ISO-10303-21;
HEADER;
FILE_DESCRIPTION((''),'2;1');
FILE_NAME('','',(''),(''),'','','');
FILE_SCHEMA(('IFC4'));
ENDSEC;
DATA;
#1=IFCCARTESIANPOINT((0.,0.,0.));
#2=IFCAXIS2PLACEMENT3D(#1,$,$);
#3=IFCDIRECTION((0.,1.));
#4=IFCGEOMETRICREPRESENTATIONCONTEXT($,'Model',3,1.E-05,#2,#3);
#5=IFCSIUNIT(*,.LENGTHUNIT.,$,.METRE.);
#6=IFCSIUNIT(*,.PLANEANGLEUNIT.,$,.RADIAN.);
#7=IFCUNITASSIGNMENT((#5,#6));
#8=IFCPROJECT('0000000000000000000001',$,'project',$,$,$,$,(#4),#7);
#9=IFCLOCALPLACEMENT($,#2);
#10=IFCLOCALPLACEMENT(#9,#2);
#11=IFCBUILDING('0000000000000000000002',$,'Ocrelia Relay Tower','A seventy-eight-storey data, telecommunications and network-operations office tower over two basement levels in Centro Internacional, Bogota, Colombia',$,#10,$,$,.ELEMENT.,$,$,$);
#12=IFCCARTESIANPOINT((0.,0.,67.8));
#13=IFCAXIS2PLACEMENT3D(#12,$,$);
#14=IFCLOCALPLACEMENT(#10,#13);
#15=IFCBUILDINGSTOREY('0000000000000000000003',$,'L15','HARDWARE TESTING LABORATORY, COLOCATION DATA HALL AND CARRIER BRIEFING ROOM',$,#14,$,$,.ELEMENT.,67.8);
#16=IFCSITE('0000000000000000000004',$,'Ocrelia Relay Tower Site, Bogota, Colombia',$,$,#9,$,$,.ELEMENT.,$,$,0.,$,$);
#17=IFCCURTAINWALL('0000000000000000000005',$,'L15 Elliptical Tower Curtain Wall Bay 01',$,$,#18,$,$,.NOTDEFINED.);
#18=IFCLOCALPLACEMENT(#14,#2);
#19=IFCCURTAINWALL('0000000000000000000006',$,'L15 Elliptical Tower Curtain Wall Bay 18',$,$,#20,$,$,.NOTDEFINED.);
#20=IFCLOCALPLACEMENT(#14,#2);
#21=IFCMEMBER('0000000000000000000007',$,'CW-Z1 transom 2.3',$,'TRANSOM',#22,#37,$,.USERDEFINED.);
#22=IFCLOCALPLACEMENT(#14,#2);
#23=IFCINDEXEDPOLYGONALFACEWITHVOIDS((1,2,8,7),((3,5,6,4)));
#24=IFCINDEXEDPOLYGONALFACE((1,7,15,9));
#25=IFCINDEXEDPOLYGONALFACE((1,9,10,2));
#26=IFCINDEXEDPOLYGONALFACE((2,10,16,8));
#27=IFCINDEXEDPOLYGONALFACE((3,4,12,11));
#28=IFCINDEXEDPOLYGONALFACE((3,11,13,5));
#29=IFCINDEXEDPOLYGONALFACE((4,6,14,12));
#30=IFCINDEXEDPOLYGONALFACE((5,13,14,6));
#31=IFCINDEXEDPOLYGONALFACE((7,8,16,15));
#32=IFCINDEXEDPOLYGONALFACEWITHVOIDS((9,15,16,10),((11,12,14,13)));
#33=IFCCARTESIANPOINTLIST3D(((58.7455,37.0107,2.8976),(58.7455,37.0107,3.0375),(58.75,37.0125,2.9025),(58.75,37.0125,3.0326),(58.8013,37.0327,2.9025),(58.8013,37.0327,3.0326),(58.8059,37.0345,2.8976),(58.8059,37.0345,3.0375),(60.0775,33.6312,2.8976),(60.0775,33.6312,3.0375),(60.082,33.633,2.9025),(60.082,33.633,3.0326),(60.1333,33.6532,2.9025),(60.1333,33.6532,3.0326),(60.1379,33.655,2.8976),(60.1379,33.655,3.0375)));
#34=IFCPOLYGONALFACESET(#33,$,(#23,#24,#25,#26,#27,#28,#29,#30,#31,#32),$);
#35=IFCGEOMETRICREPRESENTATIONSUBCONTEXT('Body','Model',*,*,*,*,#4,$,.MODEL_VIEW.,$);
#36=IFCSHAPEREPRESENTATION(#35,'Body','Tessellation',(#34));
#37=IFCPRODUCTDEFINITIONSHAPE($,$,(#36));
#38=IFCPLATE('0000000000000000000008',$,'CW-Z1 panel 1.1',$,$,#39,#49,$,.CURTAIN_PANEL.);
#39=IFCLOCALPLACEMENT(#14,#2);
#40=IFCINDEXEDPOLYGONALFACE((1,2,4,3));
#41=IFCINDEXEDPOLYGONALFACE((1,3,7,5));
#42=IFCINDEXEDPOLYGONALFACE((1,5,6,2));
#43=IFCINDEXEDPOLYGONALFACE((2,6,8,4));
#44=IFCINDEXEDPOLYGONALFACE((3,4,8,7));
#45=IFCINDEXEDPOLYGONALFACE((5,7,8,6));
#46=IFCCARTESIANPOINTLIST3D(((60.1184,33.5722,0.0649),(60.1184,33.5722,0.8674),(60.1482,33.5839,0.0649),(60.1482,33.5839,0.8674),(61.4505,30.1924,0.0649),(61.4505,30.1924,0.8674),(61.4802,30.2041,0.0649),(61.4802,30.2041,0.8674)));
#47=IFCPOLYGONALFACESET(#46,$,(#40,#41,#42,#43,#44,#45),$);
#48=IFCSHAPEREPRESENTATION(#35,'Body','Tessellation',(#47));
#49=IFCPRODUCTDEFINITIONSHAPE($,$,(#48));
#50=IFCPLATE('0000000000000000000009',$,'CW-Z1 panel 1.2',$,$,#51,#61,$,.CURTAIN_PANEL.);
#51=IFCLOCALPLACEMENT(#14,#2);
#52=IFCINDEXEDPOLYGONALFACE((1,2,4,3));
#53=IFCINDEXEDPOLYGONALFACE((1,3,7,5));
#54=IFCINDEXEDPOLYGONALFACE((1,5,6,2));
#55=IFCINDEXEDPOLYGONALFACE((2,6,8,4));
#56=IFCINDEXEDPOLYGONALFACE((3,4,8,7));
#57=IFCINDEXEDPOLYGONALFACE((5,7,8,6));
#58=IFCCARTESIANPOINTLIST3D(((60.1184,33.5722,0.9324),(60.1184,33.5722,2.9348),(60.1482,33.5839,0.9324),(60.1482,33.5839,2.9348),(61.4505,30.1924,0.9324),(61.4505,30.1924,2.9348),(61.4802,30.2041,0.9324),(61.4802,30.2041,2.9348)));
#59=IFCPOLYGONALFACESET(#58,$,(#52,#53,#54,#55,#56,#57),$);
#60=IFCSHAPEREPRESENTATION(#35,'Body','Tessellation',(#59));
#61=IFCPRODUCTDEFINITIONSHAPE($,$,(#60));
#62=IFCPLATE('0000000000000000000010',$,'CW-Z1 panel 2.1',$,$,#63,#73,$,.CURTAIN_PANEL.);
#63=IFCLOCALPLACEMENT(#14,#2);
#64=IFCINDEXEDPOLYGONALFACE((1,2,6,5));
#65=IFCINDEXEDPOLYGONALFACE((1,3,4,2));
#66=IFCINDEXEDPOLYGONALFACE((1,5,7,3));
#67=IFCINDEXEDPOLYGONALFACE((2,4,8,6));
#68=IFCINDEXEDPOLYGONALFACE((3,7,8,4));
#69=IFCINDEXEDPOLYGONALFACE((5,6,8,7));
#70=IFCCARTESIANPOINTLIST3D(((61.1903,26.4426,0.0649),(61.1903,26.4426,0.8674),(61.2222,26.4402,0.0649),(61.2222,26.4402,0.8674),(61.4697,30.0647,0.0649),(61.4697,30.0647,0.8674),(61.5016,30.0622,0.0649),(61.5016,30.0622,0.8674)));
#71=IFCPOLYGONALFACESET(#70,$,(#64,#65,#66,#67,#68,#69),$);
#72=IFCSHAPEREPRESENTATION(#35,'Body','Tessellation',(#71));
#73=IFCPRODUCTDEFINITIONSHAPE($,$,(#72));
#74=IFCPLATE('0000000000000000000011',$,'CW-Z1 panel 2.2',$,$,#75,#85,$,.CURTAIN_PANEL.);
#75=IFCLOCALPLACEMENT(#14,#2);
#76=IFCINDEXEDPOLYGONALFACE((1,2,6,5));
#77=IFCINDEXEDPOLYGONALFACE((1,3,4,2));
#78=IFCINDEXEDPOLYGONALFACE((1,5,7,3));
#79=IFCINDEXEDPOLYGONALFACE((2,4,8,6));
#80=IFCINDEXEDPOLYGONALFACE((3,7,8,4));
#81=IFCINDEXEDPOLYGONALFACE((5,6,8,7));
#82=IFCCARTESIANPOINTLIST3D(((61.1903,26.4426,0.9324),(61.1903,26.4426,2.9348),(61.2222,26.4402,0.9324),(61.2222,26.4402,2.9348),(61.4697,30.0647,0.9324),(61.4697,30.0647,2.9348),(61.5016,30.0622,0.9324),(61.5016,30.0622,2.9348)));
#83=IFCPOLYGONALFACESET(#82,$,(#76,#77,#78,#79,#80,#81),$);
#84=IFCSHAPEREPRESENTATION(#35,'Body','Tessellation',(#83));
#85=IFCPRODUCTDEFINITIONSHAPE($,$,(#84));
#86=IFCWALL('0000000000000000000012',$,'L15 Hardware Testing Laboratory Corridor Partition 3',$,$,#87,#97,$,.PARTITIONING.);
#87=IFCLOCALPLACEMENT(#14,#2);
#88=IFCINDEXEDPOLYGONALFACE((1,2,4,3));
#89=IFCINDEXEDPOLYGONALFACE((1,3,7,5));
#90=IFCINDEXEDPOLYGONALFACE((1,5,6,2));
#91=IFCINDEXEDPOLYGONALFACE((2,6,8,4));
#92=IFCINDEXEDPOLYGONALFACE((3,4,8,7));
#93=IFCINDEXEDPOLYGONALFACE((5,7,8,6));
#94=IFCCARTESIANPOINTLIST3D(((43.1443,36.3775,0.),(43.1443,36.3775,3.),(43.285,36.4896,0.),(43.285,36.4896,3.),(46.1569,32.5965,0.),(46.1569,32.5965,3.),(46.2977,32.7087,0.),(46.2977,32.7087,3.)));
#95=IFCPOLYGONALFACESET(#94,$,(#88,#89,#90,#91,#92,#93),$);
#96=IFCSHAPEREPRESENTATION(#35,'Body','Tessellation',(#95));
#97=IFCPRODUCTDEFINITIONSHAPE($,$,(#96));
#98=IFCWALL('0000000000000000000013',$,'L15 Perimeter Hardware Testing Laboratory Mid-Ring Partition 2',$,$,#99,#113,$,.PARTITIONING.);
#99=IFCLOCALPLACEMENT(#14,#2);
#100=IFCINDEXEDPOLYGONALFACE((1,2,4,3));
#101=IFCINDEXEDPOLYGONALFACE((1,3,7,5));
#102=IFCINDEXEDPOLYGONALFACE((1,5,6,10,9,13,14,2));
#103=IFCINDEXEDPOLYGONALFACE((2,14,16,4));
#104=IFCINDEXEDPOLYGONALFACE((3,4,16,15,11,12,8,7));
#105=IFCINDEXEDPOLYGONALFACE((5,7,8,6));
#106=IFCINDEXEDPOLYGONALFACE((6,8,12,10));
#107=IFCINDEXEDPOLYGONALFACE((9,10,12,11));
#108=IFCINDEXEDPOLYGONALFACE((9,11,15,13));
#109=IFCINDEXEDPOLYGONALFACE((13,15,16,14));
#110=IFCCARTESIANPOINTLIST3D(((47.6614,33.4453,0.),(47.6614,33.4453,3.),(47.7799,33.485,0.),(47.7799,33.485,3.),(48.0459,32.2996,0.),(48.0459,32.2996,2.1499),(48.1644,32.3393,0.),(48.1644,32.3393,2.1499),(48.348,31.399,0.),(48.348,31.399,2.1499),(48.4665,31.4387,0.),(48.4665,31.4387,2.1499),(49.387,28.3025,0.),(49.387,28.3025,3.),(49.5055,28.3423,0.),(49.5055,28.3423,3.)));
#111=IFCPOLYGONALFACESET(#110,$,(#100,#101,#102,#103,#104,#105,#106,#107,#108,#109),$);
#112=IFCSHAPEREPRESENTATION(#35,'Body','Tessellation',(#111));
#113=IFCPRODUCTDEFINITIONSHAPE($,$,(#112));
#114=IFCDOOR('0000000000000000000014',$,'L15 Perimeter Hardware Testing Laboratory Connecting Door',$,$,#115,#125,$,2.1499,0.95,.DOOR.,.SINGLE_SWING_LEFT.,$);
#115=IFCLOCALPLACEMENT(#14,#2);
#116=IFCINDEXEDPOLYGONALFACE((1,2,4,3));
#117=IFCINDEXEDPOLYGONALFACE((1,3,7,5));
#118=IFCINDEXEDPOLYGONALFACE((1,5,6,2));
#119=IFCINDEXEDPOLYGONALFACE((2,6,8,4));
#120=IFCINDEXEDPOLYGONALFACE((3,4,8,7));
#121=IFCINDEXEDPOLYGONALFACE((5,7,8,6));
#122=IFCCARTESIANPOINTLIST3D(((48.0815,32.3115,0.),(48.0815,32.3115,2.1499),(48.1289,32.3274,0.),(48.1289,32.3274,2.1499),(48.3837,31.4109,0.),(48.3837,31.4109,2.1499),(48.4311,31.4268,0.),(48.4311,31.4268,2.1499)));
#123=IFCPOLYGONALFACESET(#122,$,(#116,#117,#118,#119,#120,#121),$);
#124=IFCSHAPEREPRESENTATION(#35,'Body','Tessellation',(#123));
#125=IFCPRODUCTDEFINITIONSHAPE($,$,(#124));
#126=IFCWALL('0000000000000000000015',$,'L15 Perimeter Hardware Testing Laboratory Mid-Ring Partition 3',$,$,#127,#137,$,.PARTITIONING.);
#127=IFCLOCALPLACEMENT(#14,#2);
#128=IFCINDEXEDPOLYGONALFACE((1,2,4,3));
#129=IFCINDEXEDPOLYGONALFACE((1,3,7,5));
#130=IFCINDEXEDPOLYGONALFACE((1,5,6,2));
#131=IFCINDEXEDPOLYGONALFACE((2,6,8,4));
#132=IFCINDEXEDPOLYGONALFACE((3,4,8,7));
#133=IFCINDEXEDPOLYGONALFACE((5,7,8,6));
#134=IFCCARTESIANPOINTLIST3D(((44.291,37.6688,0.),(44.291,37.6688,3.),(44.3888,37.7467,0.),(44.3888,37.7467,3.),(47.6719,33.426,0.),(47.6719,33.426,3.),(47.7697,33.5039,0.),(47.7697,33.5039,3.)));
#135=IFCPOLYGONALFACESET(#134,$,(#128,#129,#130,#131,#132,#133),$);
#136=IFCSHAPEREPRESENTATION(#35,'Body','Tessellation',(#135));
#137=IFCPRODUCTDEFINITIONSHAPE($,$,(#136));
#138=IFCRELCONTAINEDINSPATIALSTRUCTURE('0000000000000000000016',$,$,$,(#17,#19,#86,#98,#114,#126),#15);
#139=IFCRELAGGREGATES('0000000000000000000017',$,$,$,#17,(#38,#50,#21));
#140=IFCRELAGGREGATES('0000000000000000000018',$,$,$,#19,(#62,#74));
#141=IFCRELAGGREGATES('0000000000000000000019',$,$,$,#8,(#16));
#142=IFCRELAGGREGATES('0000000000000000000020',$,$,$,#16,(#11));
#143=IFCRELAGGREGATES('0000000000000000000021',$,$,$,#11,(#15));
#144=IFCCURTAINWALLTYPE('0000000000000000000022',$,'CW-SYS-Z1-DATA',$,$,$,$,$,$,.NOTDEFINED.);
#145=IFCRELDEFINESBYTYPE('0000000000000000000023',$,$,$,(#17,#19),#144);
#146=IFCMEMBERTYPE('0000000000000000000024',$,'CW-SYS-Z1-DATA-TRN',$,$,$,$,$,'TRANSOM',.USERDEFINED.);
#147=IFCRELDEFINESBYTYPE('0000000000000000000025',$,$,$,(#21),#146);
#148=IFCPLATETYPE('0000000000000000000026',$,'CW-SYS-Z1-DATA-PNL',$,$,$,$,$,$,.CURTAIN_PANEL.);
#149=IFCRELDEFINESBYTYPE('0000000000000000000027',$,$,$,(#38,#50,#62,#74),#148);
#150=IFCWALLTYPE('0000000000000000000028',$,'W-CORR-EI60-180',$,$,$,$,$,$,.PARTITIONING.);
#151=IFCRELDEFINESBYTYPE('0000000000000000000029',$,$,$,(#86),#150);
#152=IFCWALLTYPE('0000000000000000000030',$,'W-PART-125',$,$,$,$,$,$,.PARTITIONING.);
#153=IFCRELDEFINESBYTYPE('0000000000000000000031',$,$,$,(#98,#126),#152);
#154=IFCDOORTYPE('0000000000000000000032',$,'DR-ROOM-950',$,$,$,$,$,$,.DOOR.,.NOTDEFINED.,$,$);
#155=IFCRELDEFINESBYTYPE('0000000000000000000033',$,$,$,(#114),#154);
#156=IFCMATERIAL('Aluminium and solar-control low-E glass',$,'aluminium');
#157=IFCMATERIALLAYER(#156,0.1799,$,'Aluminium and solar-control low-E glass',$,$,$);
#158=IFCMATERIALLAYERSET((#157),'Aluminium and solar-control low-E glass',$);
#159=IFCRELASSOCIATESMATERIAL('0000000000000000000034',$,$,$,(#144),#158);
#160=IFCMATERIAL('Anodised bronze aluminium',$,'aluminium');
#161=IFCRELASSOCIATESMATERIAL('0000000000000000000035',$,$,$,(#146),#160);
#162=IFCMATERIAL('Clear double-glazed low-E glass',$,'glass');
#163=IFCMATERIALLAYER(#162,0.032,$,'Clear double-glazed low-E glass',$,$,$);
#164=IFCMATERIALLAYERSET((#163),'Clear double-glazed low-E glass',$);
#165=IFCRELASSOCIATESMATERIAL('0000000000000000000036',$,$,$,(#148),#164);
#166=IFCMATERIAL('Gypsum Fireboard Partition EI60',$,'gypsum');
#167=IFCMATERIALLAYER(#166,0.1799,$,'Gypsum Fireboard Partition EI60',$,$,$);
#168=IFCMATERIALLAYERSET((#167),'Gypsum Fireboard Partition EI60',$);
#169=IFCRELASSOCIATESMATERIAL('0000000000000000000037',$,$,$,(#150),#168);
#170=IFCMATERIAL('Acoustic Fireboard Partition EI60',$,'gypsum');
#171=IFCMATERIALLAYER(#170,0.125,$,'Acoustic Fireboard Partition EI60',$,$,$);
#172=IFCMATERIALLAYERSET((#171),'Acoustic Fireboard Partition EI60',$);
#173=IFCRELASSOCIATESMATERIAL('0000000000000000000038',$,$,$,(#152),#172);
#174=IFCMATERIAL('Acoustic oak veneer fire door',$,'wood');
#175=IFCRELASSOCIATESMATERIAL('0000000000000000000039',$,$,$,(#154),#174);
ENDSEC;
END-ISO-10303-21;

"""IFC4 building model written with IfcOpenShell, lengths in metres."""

from ifc_helpers import new_model, si_unit, direction, frame, frame_2d, origin, origin_2d, place, context, subcontext, project, spatial, rectangle, hollow_rectangle, extrude, material, layer, layer_set, material_profile, profile_set, type_object, element, fill, aggregate, save


model = new_model("IFC4")

# Units and contexts
model_context = context("Model", 3, precision=1e-05, world=origin(), true_north=direction((0.0, 1.0)))
body_context = subcontext(model_context, "Body", "Model", "MODEL_VIEW")
ifc_project = project(units=[si_unit("LENGTHUNIT", "METRE"), si_unit("PLANEANGLEUNIT", "RADIAN")], contexts=[model_context])

# Site, building, storey
site_placement = place(None, origin())
site = spatial("IfcSite", under=ifc_project, at=site_placement, Name="Ocrelia Relay Tower Site, Bogota, Colombia", CompositionType="ELEMENT", RefElevation=0.0)
building_placement = place(site_placement, origin())
building = spatial("IfcBuilding", under=site, at=building_placement, Name="Ocrelia Relay Tower", Description="A seventy-eight-storey data, telecommunications and network-operations office tower over two basement levels in Centro Internacional, Bogota, Colombia", CompositionType="ELEMENT")
storey_placement = place(building_placement, frame((0.0, 0.0, 67.8)))
storey = spatial("IfcBuildingStorey", under=building, at=storey_placement, Name="L15", Description="HARDWARE TESTING LABORATORY, COLOCATION DATA HALL AND CARRIER BRIEFING ROOM", CompositionType="ELEMENT", Elevation=67.8)

# Curtain wall
ifc_material_1 = material(Name="Aluminium and solar-control low-E glass", Category="aluminium")
ifc_layer_1 = layer(ifc_material_1, 0.1799, Name="Aluminium and solar-control low-E glass")
ifc_layer_set_1 = layer_set([ifc_layer_1], Name="Aluminium and solar-control low-E glass")
curtain_wall_type = type_object("IfcCurtainWallType", Name="CW-SYS-Z1-DATA", PredefinedType="NOTDEFINED", material=ifc_layer_set_1)
curtain_wall_1_placement = place(storey_placement, origin())
curtain_wall_1 = element("IfcCurtainWall", 1, at=curtain_wall_1_placement, inside=storey, type_object=curtain_wall_type, Name="L15 Elliptical Tower Curtain Wall Bay 01", PredefinedType="NOTDEFINED")
ifc_material_2 = material(Name="Anodised bronze aluminium", Category="aluminium")

# Curtain wall
curtain_wall_2_placement = place(storey_placement, origin())
curtain_wall_2 = element("IfcCurtainWall", 2, at=curtain_wall_2_placement, inside=storey, type_object=curtain_wall_type, Name="L15 Elliptical Tower Curtain Wall Bay 18", PredefinedType="NOTDEFINED")

# Member
ifc_material_profile_1 = material_profile(ifc_material_2, hollow_rectangle(XDim=0.0649, YDim=0.1399, WallThickness=0.0049, at=origin_2d()), Name="CW-TRN-140x65")
ifc_profile_set_1 = profile_set([ifc_material_profile_1], Name="Anodised bronze aluminium")
member_type_1 = type_object("IfcMemberType", Name="CW-SYS-Z1-DATA-TRN", ElementType="TRANSOM", PredefinedType="USERDEFINED", material=ifc_profile_set_1)
member_1_placement = place(storey_placement, frame((60.1077, 33.6431, 2.9675), z_axis=(-0.366681, 0.930347, 0.0), x_axis=(-0.930347, -0.366681, 0.0)))
member_1 = element("IfcMember", 3, at=member_1_placement, type_object=member_type_1, Name="CW-Z1 transom 2.3", ObjectType="TRANSOM", PredefinedType="USERDEFINED", context=body_context, shape_type="SweptSolid", body=[
    extrude(hollow_rectangle(XDim=0.0649, YDim=0.1399, WallThickness=0.0049, at=origin_2d()), origin(), (0.0, 0.0, 1.0), 3.6326),
])

# Plates
ifc_material_3 = material(Name="Clear double-glazed low-E glass", Category="glass")
ifc_layer_2 = layer(ifc_material_3, 0.032, Name="Clear double-glazed low-E glass")
ifc_layer_set_2 = layer_set([ifc_layer_2], Name="Clear double-glazed low-E glass")
plate_type = type_object("IfcPlateType", Name="CW-SYS-Z1-DATA-PNL", PredefinedType="CURTAIN_PANEL", material=ifc_layer_set_2)
plate_1_placement = place(storey_placement, frame((60.7993, 31.8882, 0.0649), z_axis=(0.0, 0.0, 1.0), x_axis=(-0.366667, 0.930352, 0.0)))
plate_1 = element("IfcPlate", 4, at=plate_1_placement, type_object=plate_type, Name="CW-Z1 panel 1.1", PredefinedType="CURTAIN_PANEL", context=body_context, shape_type="SweptSolid", body=[
    extrude(rectangle(XDim=3.6328, YDim=0.032, at=origin_2d()), origin(), (0.0, 0.0, 1.0), 0.8025),
])
plate_2_placement = place(storey_placement, frame((60.7993, 31.8882, 0.9324), z_axis=(0.0, 0.0, 1.0), x_axis=(-0.366667, 0.930352, 0.0)))
plate_2 = element("IfcPlate", 5, at=plate_2_placement, type_object=plate_type, Name="CW-Z1 panel 1.2", PredefinedType="CURTAIN_PANEL", context=body_context, shape_type="SweptSolid", body=[
    extrude(rectangle(XDim=3.6328, YDim=0.032, at=origin_2d()), origin(), (0.0, 0.0, 1.0), 2.0024),
])
aggregate(curtain_wall_1, [plate_1, plate_2, member_1])
plate_3_placement = place(storey_placement, frame((61.3459, 28.2524, 0.0649), z_axis=(0.0, 0.0, 1.0), x_axis=(0.076892, 0.997039, 0.0)))
plate_3 = element("IfcPlate", 6, at=plate_3_placement, type_object=plate_type, Name="CW-Z1 panel 2.1", PredefinedType="CURTAIN_PANEL", context=body_context, shape_type="SweptSolid", body=[
    extrude(rectangle(XDim=3.6328, YDim=0.032, at=origin_2d()), origin(), (0.0, 0.0, 1.0), 0.8025),
])
plate_4_placement = place(storey_placement, frame((61.3459, 28.2524, 0.9324), z_axis=(0.0, 0.0, 1.0), x_axis=(0.076892, 0.997039, 0.0)))
plate_4 = element("IfcPlate", 7, at=plate_4_placement, type_object=plate_type, Name="CW-Z1 panel 2.2", PredefinedType="CURTAIN_PANEL", context=body_context, shape_type="SweptSolid", body=[
    extrude(rectangle(XDim=3.6328, YDim=0.032, at=origin_2d()), origin(), (0.0, 0.0, 1.0), 2.0024),
])
aggregate(curtain_wall_2, [plate_3, plate_4])

# Wall
ifc_material_4 = material(Name="Gypsum Fireboard Partition EI60", Category="gypsum")
ifc_layer_3 = layer(ifc_material_4, 0.1799, Name="Gypsum Fireboard Partition EI60")
ifc_layer_set_3 = layer_set([ifc_layer_3], Name="Gypsum Fireboard Partition EI60")
wall_type_1 = type_object("IfcWallType", Name="W-CORR-EI60-180", PredefinedType="PARTITIONING", material=ifc_layer_set_3)
wall_1_placement = place(storey_placement, frame((46.2273, 32.6526, 0.0), z_axis=(0.0, 0.0, 1.0), x_axis=(-0.623167, 0.782089, 0.0)))
element("IfcWall", 8, at=wall_1_placement, inside=storey, type_object=wall_type_1, Name="L15 Hardware Testing Laboratory Corridor Partition 3", PredefinedType="PARTITIONING", context=body_context, shape_type="SweptSolid", body=[
    extrude(rectangle(XDim=4.8345, YDim=0.1799, at=frame_2d((2.4172, 0.0))), origin(), (0.0, 0.0, 1.0), 3.0),
])

# Wall, opening, door
ifc_material_5 = material(Name="Acoustic Fireboard Partition EI60", Category="gypsum")
ifc_layer_4 = layer(ifc_material_5, 0.125, Name="Acoustic Fireboard Partition EI60")
ifc_layer_set_4 = layer_set([ifc_layer_4], Name="Acoustic Fireboard Partition EI60")
wall_type_2 = type_object("IfcWallType", Name="W-PART-125", PredefinedType="PARTITIONING", material=ifc_layer_set_4)
wall_2_placement = place(storey_placement, frame((49.4463, 28.3223, 0.0), z_axis=(0.0, 0.0, 1.0), x_axis=(-0.318104, 0.948056, 0.0)))
wall_2 = element("IfcWall", 9, at=wall_2_placement, inside=storey, type_object=wall_type_2, Name="L15 Perimeter Hardware Testing Laboratory Mid-Ring Partition 2", PredefinedType="PARTITIONING", context=body_context, shape_type="SweptSolid", body=[
    extrude(rectangle(XDim=5.4246, YDim=0.125, at=frame_2d((2.7124, 0.0))), origin(), (0.0, 0.0, 1.0), 3.0),
])
opening_placement = place(wall_2_placement, frame((3.2661, 0.0, 0.0)))
opening = element("IfcOpeningElement", 10, at=opening_placement, cuts=wall_2, PredefinedType="OPENING", context=body_context, shape_type="SweptSolid", body=[
    extrude(rectangle(XDim=0.95, YDim=2.1499, at=frame_2d((0.4751, 1.075))), frame((0.0, 0.0725, 0.0), z_axis=(0.0, -1.0, 0.0), x_axis=(1.0, 0.0, 0.0)), (0.0, 0.0, 1.0), 0.145),
])
ifc_material_6 = material(Name="Acoustic oak veneer fire door", Category="wood")
door_type = type_object("IfcDoorType", Name="DR-ROOM-950", OperationType="NOTDEFINED", PredefinedType="DOOR", material=ifc_material_6)
door_placement = place(opening_placement, origin())
door = element("IfcDoor", 11, at=door_placement, inside=storey, type_object=door_type, Name="L15 Perimeter Hardware Testing Laboratory Connecting Door", OperationType="SINGLE_SWING_LEFT", OverallHeight=2.1499, OverallWidth=0.95, PredefinedType="DOOR", context=body_context, shape_type="SweptSolid", body=[
    extrude(rectangle(XDim=0.95, YDim=2.1499, at=frame_2d((0.4751, 1.075))), frame((0.0, 0.0249, 0.0), z_axis=(0.0, -1.0, 0.0), x_axis=(1.0, 0.0, 0.0)), (0.0, 0.0, 1.0), 0.05),
])
fill(opening, door)

# Wall
wall_3_placement = place(storey_placement, frame((47.7207, 33.4651, 0.0), z_axis=(0.0, 0.0, 1.0), x_axis=(-0.623201, 0.782062, 0.0)))
element("IfcWall", 12, at=wall_3_placement, inside=storey, type_object=wall_type_2, Name="L15 Perimeter Hardware Testing Laboratory Mid-Ring Partition 3", PredefinedType="PARTITIONING", context=body_context, shape_type="SweptSolid", body=[
    extrude(rectangle(XDim=5.425, YDim=0.125, at=frame_2d((2.7124, 0.0))), origin(), (0.0, 0.0, 1.0), 3.0),
])

save(model, "model.ifc")
